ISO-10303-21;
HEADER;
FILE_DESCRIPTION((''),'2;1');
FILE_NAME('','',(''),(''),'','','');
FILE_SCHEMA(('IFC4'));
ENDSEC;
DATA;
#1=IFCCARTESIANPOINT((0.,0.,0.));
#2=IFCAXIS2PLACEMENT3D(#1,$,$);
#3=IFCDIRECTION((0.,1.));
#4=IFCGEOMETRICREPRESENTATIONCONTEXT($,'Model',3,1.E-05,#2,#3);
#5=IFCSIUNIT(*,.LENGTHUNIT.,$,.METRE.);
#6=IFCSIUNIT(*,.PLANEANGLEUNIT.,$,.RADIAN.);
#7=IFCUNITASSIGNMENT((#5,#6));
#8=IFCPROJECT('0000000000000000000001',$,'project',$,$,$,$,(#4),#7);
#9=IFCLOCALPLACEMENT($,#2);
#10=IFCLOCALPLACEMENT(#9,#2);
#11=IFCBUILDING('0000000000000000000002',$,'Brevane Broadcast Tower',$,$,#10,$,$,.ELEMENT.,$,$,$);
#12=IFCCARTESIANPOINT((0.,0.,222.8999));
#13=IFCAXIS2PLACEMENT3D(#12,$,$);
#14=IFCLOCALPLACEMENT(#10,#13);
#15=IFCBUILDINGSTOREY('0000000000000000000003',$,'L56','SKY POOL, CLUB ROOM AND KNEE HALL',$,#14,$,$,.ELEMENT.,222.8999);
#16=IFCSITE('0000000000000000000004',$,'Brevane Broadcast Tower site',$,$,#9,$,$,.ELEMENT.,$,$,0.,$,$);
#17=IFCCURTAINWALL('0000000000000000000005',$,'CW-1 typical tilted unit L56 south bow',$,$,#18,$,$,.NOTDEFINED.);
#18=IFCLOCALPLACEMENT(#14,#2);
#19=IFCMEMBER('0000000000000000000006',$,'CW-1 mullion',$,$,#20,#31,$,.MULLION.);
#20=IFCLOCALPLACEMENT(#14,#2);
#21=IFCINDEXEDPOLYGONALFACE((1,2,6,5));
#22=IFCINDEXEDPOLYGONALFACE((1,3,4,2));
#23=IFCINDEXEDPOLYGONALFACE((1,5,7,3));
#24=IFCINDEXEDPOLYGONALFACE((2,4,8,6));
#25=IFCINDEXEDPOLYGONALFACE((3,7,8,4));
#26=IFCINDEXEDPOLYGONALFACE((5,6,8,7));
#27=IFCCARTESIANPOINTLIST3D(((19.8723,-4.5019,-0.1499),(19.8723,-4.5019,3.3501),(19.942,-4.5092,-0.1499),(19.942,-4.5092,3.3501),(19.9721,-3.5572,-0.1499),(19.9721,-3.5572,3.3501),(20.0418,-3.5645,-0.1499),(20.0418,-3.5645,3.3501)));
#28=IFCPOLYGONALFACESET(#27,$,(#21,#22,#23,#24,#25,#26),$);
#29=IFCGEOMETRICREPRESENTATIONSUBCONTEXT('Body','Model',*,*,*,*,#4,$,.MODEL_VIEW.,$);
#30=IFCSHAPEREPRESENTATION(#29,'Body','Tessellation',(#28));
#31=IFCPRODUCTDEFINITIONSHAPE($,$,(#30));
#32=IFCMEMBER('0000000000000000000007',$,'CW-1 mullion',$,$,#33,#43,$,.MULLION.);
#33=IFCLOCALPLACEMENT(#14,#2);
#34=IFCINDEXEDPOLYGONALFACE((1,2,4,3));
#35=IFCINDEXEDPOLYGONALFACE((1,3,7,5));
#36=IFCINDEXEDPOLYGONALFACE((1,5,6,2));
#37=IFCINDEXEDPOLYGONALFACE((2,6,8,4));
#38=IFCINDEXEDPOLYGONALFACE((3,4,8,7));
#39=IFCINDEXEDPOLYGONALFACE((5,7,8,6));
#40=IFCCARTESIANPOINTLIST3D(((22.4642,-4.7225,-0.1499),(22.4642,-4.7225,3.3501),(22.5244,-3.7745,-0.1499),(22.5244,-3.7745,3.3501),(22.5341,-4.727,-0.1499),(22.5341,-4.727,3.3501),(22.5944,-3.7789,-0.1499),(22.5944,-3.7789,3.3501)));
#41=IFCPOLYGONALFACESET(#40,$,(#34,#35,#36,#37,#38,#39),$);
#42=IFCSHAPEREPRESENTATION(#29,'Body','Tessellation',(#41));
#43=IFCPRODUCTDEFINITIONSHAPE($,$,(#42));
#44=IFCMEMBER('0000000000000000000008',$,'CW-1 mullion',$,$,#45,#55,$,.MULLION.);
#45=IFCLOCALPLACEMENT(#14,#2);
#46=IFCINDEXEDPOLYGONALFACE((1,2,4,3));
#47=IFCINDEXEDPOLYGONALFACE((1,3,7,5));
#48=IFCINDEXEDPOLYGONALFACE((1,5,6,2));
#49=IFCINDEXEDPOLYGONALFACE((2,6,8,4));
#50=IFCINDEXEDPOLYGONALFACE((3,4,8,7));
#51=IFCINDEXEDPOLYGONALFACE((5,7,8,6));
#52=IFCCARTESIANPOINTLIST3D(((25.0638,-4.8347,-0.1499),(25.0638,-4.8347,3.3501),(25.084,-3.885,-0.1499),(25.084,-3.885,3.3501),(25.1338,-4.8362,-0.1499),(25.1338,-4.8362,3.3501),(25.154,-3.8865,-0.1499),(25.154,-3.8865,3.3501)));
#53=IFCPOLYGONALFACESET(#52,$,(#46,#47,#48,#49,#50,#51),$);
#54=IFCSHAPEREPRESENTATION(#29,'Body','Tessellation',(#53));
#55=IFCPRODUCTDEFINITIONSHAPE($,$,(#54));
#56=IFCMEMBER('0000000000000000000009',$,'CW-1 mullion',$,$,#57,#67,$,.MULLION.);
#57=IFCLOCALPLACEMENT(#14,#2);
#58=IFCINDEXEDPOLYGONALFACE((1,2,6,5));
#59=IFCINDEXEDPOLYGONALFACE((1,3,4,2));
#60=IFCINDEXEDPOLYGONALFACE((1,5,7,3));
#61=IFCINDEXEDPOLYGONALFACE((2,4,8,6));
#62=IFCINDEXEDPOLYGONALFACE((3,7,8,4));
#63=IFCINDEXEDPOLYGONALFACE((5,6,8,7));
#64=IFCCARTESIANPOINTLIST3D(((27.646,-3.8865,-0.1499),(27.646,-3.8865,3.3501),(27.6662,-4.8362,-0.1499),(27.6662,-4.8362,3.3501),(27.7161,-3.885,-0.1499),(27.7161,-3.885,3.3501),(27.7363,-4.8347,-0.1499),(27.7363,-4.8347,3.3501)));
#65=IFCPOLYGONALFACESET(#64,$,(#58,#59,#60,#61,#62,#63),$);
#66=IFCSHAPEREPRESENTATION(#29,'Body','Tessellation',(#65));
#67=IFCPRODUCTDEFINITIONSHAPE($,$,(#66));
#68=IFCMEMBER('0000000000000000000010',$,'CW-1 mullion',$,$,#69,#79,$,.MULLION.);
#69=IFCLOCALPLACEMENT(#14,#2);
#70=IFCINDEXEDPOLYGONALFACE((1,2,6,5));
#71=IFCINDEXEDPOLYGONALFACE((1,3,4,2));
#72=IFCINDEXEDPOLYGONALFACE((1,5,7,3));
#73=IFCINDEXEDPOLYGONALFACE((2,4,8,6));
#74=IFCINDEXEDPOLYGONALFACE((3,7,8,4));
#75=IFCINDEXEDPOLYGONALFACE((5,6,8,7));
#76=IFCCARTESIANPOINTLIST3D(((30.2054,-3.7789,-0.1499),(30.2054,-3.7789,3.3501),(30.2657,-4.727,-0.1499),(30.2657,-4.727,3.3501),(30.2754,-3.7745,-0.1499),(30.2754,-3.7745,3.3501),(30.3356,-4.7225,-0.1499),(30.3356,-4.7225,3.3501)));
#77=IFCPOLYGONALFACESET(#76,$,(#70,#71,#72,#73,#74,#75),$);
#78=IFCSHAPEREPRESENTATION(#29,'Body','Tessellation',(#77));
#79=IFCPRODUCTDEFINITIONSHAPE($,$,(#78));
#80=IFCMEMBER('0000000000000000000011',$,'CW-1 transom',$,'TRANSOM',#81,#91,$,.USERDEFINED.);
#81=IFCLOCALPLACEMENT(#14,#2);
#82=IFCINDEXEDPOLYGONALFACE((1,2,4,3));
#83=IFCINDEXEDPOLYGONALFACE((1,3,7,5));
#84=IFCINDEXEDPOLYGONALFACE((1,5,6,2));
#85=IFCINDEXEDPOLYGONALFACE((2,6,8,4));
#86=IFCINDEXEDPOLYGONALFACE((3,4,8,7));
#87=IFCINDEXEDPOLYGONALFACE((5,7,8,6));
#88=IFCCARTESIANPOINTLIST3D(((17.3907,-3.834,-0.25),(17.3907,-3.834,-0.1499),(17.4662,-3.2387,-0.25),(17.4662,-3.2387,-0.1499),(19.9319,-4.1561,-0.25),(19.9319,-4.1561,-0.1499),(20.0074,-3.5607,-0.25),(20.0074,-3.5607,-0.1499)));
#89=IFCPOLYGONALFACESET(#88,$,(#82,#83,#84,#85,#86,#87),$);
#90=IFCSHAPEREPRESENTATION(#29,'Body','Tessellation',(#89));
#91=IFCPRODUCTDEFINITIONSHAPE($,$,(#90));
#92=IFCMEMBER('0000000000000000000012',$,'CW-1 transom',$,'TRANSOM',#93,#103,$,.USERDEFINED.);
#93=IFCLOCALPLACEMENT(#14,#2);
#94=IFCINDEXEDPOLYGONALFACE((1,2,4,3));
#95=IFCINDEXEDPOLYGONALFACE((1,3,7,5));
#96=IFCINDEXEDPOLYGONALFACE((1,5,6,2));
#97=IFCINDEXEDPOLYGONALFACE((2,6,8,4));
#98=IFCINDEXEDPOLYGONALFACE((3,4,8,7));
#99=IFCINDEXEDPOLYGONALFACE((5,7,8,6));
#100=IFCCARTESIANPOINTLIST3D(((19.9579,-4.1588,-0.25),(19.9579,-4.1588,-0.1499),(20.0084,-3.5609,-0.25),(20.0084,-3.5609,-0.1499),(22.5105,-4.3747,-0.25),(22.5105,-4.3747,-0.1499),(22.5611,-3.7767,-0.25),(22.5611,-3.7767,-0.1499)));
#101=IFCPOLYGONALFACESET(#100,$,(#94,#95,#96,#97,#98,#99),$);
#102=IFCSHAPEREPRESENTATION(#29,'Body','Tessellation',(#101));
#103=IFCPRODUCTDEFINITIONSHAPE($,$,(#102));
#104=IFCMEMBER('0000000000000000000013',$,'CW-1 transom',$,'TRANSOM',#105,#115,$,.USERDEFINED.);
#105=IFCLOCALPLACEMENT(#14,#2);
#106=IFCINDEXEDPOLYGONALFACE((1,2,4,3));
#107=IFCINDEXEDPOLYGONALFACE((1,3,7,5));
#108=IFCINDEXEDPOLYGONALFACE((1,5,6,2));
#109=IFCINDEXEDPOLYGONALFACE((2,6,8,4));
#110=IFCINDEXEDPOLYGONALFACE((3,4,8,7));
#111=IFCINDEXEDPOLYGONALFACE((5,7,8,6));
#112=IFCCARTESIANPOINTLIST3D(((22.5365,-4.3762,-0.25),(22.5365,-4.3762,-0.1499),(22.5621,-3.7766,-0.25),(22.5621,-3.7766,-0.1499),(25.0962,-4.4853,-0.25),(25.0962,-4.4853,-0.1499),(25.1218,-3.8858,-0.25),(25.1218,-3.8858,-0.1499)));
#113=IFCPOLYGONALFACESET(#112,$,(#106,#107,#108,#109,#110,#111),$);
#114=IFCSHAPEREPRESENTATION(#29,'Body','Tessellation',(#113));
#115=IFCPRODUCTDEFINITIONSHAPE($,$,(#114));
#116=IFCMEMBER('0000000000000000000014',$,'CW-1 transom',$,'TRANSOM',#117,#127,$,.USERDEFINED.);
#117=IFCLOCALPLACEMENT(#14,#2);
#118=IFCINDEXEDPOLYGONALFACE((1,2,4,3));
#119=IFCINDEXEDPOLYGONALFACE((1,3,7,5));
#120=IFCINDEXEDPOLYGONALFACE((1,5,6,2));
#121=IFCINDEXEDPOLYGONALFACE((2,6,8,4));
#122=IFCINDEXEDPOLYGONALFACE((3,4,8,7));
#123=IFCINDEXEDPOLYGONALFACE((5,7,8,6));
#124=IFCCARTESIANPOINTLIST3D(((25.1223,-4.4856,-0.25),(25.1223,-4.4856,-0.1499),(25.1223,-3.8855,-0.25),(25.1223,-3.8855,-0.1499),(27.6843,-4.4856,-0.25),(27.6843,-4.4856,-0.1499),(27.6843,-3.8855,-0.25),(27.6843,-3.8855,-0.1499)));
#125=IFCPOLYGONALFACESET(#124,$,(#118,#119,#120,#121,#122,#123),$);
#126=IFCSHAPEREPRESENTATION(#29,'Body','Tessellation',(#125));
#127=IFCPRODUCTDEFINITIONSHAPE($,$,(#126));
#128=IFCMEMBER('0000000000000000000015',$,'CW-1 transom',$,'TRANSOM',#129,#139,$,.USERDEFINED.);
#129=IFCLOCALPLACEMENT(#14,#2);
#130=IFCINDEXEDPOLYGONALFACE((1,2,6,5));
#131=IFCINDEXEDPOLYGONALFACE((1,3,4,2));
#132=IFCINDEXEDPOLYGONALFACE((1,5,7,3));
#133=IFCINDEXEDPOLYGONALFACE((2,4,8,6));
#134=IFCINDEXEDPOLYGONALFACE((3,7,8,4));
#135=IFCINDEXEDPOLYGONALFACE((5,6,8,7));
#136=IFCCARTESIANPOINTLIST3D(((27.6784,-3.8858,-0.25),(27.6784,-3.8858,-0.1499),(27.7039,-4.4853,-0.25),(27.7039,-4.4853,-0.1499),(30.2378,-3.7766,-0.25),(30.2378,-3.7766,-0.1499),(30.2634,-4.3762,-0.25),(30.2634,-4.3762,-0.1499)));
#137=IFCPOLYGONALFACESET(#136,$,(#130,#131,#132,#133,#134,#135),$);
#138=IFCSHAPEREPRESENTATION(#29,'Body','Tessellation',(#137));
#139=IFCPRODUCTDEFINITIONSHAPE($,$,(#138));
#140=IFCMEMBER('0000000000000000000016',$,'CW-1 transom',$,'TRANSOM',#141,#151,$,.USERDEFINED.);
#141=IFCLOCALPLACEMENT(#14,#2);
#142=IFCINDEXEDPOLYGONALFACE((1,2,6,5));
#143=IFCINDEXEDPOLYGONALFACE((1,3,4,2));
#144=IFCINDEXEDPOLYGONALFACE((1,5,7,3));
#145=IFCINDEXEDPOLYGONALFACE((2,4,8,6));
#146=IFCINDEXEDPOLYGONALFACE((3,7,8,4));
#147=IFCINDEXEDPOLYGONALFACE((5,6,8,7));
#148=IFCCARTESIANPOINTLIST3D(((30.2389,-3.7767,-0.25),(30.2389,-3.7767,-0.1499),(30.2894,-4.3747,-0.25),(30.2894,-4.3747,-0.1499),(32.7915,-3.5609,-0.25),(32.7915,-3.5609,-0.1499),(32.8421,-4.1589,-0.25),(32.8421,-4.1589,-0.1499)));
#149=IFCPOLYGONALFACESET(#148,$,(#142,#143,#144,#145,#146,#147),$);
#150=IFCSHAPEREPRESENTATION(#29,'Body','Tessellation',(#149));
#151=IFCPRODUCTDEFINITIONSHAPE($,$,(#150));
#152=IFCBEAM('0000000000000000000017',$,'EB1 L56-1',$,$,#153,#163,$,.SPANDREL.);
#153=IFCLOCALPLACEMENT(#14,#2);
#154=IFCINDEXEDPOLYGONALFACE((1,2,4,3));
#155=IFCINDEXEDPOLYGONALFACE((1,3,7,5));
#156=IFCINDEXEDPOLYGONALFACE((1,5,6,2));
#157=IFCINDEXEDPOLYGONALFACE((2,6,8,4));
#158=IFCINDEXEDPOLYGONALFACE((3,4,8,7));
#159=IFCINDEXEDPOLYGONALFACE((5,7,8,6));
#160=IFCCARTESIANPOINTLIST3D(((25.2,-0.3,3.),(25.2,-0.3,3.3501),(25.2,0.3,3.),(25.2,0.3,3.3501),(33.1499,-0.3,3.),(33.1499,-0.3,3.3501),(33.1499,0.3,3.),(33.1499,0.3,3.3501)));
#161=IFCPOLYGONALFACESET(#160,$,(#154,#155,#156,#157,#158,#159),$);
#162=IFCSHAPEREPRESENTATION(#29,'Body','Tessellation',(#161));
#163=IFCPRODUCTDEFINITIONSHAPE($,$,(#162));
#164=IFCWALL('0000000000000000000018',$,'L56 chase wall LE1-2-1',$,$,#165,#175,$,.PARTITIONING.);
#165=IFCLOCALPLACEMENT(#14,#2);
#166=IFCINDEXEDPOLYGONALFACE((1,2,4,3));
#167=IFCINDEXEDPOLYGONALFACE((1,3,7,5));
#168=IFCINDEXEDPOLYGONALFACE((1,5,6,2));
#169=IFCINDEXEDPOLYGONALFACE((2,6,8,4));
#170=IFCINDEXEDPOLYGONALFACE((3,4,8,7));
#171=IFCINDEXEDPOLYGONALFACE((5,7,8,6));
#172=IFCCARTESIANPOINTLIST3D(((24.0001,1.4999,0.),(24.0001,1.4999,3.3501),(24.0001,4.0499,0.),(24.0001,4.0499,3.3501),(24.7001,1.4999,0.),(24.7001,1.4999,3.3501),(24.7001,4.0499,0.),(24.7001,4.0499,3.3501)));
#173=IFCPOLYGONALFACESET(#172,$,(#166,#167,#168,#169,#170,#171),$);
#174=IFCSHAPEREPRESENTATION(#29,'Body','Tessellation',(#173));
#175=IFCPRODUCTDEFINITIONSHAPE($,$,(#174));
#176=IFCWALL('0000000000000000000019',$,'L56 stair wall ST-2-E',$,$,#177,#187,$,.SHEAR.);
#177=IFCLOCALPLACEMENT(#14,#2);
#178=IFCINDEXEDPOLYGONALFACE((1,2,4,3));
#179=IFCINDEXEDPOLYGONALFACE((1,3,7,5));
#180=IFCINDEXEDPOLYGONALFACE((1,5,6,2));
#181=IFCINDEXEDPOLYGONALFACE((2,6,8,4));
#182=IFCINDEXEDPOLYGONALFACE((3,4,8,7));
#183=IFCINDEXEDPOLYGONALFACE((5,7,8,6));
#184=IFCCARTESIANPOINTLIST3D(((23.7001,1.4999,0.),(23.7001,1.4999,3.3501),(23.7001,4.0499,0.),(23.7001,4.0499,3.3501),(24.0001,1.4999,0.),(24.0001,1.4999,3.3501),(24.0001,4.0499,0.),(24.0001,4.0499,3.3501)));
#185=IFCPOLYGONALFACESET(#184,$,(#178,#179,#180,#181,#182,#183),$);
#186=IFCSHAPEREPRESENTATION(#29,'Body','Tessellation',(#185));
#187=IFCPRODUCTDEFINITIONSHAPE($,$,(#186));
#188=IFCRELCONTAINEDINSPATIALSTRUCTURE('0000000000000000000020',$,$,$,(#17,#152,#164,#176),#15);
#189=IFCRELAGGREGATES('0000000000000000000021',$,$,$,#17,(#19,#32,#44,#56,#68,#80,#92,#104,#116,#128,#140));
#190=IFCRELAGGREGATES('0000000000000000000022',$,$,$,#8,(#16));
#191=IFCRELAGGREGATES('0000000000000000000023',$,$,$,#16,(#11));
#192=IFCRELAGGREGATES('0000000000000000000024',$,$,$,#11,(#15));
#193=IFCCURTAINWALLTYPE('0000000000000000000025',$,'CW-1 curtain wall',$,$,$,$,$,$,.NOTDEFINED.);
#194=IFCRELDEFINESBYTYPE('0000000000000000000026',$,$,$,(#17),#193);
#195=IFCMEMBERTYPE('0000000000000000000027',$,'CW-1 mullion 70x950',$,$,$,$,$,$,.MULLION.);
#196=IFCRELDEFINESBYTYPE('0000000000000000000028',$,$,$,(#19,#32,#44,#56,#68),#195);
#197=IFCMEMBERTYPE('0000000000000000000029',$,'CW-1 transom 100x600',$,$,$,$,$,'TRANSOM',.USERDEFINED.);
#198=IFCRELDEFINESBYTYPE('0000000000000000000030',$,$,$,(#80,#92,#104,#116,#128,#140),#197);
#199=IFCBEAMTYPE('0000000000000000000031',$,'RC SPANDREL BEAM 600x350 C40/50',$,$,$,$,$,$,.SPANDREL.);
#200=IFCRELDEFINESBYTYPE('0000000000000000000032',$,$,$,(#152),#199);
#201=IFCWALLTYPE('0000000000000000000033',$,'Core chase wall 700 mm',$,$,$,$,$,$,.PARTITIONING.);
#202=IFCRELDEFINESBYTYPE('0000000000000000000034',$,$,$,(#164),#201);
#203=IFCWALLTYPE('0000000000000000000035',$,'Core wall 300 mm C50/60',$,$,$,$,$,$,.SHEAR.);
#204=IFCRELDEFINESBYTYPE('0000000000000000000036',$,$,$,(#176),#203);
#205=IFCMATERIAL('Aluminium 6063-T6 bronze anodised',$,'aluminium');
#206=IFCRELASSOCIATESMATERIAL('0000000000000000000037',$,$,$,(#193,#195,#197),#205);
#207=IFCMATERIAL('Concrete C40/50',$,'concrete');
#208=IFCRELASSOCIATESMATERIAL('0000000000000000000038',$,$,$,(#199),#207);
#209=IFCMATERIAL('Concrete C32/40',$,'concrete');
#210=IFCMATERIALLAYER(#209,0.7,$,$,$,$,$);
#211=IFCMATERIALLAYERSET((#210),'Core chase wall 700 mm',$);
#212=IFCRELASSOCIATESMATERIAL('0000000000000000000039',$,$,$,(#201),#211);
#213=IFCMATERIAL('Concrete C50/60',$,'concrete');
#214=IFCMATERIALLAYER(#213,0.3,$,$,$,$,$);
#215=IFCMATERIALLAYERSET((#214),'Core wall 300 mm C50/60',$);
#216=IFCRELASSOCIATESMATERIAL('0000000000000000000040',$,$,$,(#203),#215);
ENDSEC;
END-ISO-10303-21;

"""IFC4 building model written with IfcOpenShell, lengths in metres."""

from ifc_helpers import new_model, si_unit, direction, frame, frame_2d, origin, origin_2d, place, context, subcontext, project, spatial, rectangle, extrude, material, layer, layer_set, material_profile, profile_set, type_object, element, aggregate, save


model = new_model("IFC4")

# Units and contexts
model_context = context("Model", 3, precision=1e-05, world=origin(), true_north=direction((0.0, 1.0)))
body_context = subcontext(model_context, "Body", "Model", "MODEL_VIEW")
ifc_project = project(units=[si_unit("LENGTHUNIT", "METRE"), si_unit("PLANEANGLEUNIT", "RADIAN")], contexts=[model_context])

# Site, building, storey
site_placement = place(None, origin())
site = spatial("IfcSite", under=ifc_project, at=site_placement, Name="Brevane Broadcast Tower site", CompositionType="ELEMENT", RefElevation=0.0)
building_placement = place(site_placement, origin())
building = spatial("IfcBuilding", under=site, at=building_placement, Name="Brevane Broadcast Tower", CompositionType="ELEMENT")
storey_placement = place(building_placement, frame((0.0, 0.0, 222.8999)))
storey = spatial("IfcBuildingStorey", under=building, at=storey_placement, Name="L56", Description="SKY POOL, CLUB ROOM AND KNEE HALL", CompositionType="ELEMENT", Elevation=222.8999)

# Curtain wall, members
ifc_material_1 = material(Name="Aluminium 6063-T6 bronze anodised", Category="aluminium")
curtain_wall_type = type_object("IfcCurtainWallType", Name="CW-1 curtain wall", PredefinedType="NOTDEFINED", material=ifc_material_1)
curtain_wall_placement = place(storey_placement, origin())
curtain_wall = element("IfcCurtainWall", 1, at=curtain_wall_placement, inside=storey, type_object=curtain_wall_type, Name="CW-1 typical tilted unit L56 south bow", PredefinedType="NOTDEFINED")
ifc_material_profile_1 = material_profile(ifc_material_1, rectangle(XDim=0.95, YDim=0.0701, at=origin_2d()), Name="RECT 70x950")
ifc_profile_set_1 = profile_set([ifc_material_profile_1], Name="Aluminium 6063-T6 bronze anodised")
member_type_1 = type_object("IfcMemberType", Name="CW-1 mullion 70x950", PredefinedType="MULLION", material=ifc_profile_set_1)
member_1_placement = place(storey_placement, frame((19.957, -4.0332, -0.1499), z_axis=(0.0, 0.0, 1.0), x_axis=(0.105018, 0.99447, 0.0)))
member_1 = element("IfcMember", 2, at=member_1_placement, type_object=member_type_1, Name="CW-1 mullion", PredefinedType="MULLION", context=body_context, shape_type="SweptSolid", body=[
    extrude(rectangle(XDim=0.95, YDim=0.0701, at=origin_2d()), origin(), (0.0, 0.0, 1.0), 3.5),
])
member_2_placement = place(storey_placement, frame((22.5293, -4.2507, -0.1499), z_axis=(0.0, 0.0, 1.0), x_axis=(0.063406, 0.997988, 0.0)))
member_2 = element("IfcMember", 3, at=member_2_placement, type_object=member_type_1, Name="CW-1 mullion", PredefinedType="MULLION", context=body_context, shape_type="SweptSolid", body=[
    extrude(rectangle(XDim=0.95, YDim=0.0701, at=origin_2d()), origin(), (0.0, 0.0, 1.0), 3.5),
])
member_3_placement = place(storey_placement, frame((25.1089, -4.3606, -0.1499), z_axis=(0.0, 0.0, 1.0), x_axis=(0.021282, 0.999774, 0.0)))
member_3 = element("IfcMember", 4, at=member_3_placement, type_object=member_type_1, Name="CW-1 mullion", PredefinedType="MULLION", context=body_context, shape_type="SweptSolid", body=[
    extrude(rectangle(XDim=0.95, YDim=0.0701, at=origin_2d()), origin(), (0.0, 0.0, 1.0), 3.5),
])
member_4_placement = place(storey_placement, frame((27.6912, -4.3606, -0.1499), z_axis=(0.0, 0.0, 1.0), x_axis=(-0.021282, 0.999774, 0.0)))
member_4 = element("IfcMember", 5, at=member_4_placement, type_object=member_type_1, Name="CW-1 mullion", PredefinedType="MULLION", context=body_context, shape_type="SweptSolid", body=[
    extrude(rectangle(XDim=0.95, YDim=0.0701, at=origin_2d()), origin(), (0.0, 0.0, 1.0), 3.5),
])
member_5_placement = place(storey_placement, frame((30.2705, -4.2507, -0.1499), z_axis=(0.0, 0.0, 1.0), x_axis=(-0.063406, 0.997988, 0.0)))
member_5 = element("IfcMember", 6, at=member_5_placement, type_object=member_type_1, Name="CW-1 mullion", PredefinedType="MULLION", context=body_context, shape_type="SweptSolid", body=[
    extrude(rectangle(XDim=0.95, YDim=0.0701, at=origin_2d()), origin(), (0.0, 0.0, 1.0), 3.5),
])
ifc_material_profile_2 = material_profile(ifc_material_1, rectangle(XDim=0.6001, YDim=0.1001, at=origin_2d()), Name="RECT 100x600")
ifc_profile_set_2 = profile_set([ifc_material_profile_2], Name="Aluminium 6063-T6 bronze anodised")
member_type_2 = type_object("IfcMemberType", Name="CW-1 transom 100x600", ElementType="TRANSOM", PredefinedType="USERDEFINED", material=ifc_profile_set_2)
member_6_placement = place(storey_placement, frame((17.4285, -3.5364, -0.2), z_axis=(0.992067, -0.125712, 0.0), x_axis=(0.125712, 0.992067, 0.0)))
member_6 = element("IfcMember", 7, at=member_6_placement, type_object=member_type_2, Name="CW-1 transom", ObjectType="TRANSOM", PredefinedType="USERDEFINED", context=body_context, shape_type="SweptSolid", body=[
    extrude(rectangle(XDim=0.6001, YDim=0.1001, at=origin_2d()), origin(), (0.0, 0.0, 1.0), 2.5615),
])
member_7_placement = place(storey_placement, frame((19.9832, -3.8599, -0.2), z_axis=(0.996445, -0.084244, 0.0), x_axis=(0.084244, 0.996445, 0.0)))
member_7 = element("IfcMember", 8, at=member_7_placement, type_object=member_type_2, Name="CW-1 transom", ObjectType="TRANSOM", PredefinedType="USERDEFINED", context=body_context, shape_type="SweptSolid", body=[
    extrude(rectangle(XDim=0.6001, YDim=0.1001, at=origin_2d()), origin(), (0.0, 0.0, 1.0), 2.5618),
])
member_8_placement = place(storey_placement, frame((22.5493, -4.0764, -0.2), z_axis=(0.999092, -0.042598, 0.0), x_axis=(0.042598, 0.999092, 0.0)))
member_8 = element("IfcMember", 9, at=member_8_placement, type_object=member_type_2, Name="CW-1 transom", ObjectType="TRANSOM", PredefinedType="USERDEFINED", context=body_context, shape_type="SweptSolid", body=[
    extrude(rectangle(XDim=0.6001, YDim=0.1001, at=origin_2d()), origin(), (0.0, 0.0, 1.0), 2.562),
])
member_9_placement = place(storey_placement, frame((25.1223, -4.1855, -0.2), z_axis=(1.0, 0.0, 0.0), x_axis=(0.0, 1.0, 0.0)))
member_9 = element("IfcMember", 10, at=member_9_placement, type_object=member_type_2, Name="CW-1 transom", ObjectType="TRANSOM", PredefinedType="USERDEFINED", context=body_context, shape_type="SweptSolid", body=[
    extrude(rectangle(XDim=0.6001, YDim=0.1001, at=origin_2d()), origin(), (0.0, 0.0, 1.0), 2.562),
])
member_10_placement = place(storey_placement, frame((27.6912, -4.1855, -0.2), z_axis=(0.999092, 0.042602, 0.0), x_axis=(-0.042602, 0.999092, 0.0)))
member_10 = element("IfcMember", 11, at=member_10_placement, type_object=member_type_2, Name="CW-1 transom", ObjectType="TRANSOM", PredefinedType="USERDEFINED", context=body_context, shape_type="SweptSolid", body=[
    extrude(rectangle(XDim=0.6001, YDim=0.1001, at=origin_2d()), origin(), (0.0, 0.0, 1.0), 2.5618),
])
member_11_placement = place(storey_placement, frame((30.2642, -4.0757, -0.2), z_axis=(0.996445, 0.084244, 0.0), x_axis=(-0.084244, 0.996445, 0.0)))
member_11 = element("IfcMember", 12, at=member_11_placement, type_object=member_type_2, Name="CW-1 transom", ObjectType="TRANSOM", PredefinedType="USERDEFINED", context=body_context, shape_type="SweptSolid", body=[
    extrude(rectangle(XDim=0.6001, YDim=0.1001, at=origin_2d()), origin(), (0.0, 0.0, 1.0), 2.5618),
])
aggregate(curtain_wall, [member_1, member_2, member_3, member_4, member_5, member_6, member_7, member_8, member_9, member_10, member_11])

# Beam
ifc_material_2 = material(Name="Concrete C40/50", Category="concrete")
ifc_material_profile_3 = material_profile(ifc_material_2, rectangle(XDim=0.6001, YDim=0.3501, at=origin_2d()), Name="RC 600x350")
ifc_profile_set_3 = profile_set([ifc_material_profile_3], Name="Concrete C40/50")
beam_type = type_object("IfcBeamType", Name="RC SPANDREL BEAM 600x350 C40/50", PredefinedType="SPANDREL", material=ifc_profile_set_3)
beam_placement = place(storey_placement, frame((25.2, 0.0, 3.175), z_axis=(1.0, 0.0, 0.0), x_axis=(0.0, 1.0, 0.0)))
element("IfcBeam", 13, at=beam_placement, inside=storey, type_object=beam_type, Name="EB1 L56-1", PredefinedType="SPANDREL", context=body_context, shape_type="SweptSolid", body=[
    extrude(rectangle(XDim=0.6001, YDim=0.3501, at=origin_2d()), origin(), (0.0, 0.0, 1.0), 7.95),
])

# Walls
ifc_material_3 = material(Name="Concrete C32/40", Category="concrete")
ifc_layer_1 = layer(ifc_material_3, 0.7)
ifc_layer_set_1 = layer_set([ifc_layer_1], Name="Core chase wall 700 mm")
wall_type_1 = type_object("IfcWallType", Name="Core chase wall 700 mm", PredefinedType="PARTITIONING", material=ifc_layer_set_1)
wall_1_placement = place(storey_placement, frame((24.3501, 1.5, 0.0), z_axis=(0.0, 0.0, 1.0), x_axis=(0.0, 1.0, 0.0)))
element("IfcWall", 14, at=wall_1_placement, inside=storey, type_object=wall_type_1, Name="L56 chase wall LE1-2-1", PredefinedType="PARTITIONING", context=body_context, shape_type="SweptSolid", body=[
    extrude(rectangle(XDim=2.55, YDim=0.7, at=frame_2d((1.2749, 0.0))), origin(), (0.0, 0.0, 1.0), 3.3501),
])
ifc_material_4 = material(Name="Concrete C50/60", Category="concrete")
ifc_layer_2 = layer(ifc_material_4, 0.3)
ifc_layer_set_2 = layer_set([ifc_layer_2], Name="Core wall 300 mm C50/60")
wall_type_2 = type_object("IfcWallType", Name="Core wall 300 mm C50/60", PredefinedType="SHEAR", material=ifc_layer_set_2)
wall_2_placement = place(storey_placement, frame((23.8501, 1.5, 0.0), z_axis=(0.0, 0.0, 1.0), x_axis=(0.0, 1.0, 0.0)))
element("IfcWall", 15, at=wall_2_placement, inside=storey, type_object=wall_type_2, Name="L56 stair wall ST-2-E", PredefinedType="SHEAR", context=body_context, shape_type="SweptSolid", body=[
    extrude(rectangle(XDim=2.55, YDim=0.3, at=frame_2d((1.2749, 0.0))), origin(), (0.0, 0.0, 1.0), 3.3501),
])

save(model, "model.ifc")
